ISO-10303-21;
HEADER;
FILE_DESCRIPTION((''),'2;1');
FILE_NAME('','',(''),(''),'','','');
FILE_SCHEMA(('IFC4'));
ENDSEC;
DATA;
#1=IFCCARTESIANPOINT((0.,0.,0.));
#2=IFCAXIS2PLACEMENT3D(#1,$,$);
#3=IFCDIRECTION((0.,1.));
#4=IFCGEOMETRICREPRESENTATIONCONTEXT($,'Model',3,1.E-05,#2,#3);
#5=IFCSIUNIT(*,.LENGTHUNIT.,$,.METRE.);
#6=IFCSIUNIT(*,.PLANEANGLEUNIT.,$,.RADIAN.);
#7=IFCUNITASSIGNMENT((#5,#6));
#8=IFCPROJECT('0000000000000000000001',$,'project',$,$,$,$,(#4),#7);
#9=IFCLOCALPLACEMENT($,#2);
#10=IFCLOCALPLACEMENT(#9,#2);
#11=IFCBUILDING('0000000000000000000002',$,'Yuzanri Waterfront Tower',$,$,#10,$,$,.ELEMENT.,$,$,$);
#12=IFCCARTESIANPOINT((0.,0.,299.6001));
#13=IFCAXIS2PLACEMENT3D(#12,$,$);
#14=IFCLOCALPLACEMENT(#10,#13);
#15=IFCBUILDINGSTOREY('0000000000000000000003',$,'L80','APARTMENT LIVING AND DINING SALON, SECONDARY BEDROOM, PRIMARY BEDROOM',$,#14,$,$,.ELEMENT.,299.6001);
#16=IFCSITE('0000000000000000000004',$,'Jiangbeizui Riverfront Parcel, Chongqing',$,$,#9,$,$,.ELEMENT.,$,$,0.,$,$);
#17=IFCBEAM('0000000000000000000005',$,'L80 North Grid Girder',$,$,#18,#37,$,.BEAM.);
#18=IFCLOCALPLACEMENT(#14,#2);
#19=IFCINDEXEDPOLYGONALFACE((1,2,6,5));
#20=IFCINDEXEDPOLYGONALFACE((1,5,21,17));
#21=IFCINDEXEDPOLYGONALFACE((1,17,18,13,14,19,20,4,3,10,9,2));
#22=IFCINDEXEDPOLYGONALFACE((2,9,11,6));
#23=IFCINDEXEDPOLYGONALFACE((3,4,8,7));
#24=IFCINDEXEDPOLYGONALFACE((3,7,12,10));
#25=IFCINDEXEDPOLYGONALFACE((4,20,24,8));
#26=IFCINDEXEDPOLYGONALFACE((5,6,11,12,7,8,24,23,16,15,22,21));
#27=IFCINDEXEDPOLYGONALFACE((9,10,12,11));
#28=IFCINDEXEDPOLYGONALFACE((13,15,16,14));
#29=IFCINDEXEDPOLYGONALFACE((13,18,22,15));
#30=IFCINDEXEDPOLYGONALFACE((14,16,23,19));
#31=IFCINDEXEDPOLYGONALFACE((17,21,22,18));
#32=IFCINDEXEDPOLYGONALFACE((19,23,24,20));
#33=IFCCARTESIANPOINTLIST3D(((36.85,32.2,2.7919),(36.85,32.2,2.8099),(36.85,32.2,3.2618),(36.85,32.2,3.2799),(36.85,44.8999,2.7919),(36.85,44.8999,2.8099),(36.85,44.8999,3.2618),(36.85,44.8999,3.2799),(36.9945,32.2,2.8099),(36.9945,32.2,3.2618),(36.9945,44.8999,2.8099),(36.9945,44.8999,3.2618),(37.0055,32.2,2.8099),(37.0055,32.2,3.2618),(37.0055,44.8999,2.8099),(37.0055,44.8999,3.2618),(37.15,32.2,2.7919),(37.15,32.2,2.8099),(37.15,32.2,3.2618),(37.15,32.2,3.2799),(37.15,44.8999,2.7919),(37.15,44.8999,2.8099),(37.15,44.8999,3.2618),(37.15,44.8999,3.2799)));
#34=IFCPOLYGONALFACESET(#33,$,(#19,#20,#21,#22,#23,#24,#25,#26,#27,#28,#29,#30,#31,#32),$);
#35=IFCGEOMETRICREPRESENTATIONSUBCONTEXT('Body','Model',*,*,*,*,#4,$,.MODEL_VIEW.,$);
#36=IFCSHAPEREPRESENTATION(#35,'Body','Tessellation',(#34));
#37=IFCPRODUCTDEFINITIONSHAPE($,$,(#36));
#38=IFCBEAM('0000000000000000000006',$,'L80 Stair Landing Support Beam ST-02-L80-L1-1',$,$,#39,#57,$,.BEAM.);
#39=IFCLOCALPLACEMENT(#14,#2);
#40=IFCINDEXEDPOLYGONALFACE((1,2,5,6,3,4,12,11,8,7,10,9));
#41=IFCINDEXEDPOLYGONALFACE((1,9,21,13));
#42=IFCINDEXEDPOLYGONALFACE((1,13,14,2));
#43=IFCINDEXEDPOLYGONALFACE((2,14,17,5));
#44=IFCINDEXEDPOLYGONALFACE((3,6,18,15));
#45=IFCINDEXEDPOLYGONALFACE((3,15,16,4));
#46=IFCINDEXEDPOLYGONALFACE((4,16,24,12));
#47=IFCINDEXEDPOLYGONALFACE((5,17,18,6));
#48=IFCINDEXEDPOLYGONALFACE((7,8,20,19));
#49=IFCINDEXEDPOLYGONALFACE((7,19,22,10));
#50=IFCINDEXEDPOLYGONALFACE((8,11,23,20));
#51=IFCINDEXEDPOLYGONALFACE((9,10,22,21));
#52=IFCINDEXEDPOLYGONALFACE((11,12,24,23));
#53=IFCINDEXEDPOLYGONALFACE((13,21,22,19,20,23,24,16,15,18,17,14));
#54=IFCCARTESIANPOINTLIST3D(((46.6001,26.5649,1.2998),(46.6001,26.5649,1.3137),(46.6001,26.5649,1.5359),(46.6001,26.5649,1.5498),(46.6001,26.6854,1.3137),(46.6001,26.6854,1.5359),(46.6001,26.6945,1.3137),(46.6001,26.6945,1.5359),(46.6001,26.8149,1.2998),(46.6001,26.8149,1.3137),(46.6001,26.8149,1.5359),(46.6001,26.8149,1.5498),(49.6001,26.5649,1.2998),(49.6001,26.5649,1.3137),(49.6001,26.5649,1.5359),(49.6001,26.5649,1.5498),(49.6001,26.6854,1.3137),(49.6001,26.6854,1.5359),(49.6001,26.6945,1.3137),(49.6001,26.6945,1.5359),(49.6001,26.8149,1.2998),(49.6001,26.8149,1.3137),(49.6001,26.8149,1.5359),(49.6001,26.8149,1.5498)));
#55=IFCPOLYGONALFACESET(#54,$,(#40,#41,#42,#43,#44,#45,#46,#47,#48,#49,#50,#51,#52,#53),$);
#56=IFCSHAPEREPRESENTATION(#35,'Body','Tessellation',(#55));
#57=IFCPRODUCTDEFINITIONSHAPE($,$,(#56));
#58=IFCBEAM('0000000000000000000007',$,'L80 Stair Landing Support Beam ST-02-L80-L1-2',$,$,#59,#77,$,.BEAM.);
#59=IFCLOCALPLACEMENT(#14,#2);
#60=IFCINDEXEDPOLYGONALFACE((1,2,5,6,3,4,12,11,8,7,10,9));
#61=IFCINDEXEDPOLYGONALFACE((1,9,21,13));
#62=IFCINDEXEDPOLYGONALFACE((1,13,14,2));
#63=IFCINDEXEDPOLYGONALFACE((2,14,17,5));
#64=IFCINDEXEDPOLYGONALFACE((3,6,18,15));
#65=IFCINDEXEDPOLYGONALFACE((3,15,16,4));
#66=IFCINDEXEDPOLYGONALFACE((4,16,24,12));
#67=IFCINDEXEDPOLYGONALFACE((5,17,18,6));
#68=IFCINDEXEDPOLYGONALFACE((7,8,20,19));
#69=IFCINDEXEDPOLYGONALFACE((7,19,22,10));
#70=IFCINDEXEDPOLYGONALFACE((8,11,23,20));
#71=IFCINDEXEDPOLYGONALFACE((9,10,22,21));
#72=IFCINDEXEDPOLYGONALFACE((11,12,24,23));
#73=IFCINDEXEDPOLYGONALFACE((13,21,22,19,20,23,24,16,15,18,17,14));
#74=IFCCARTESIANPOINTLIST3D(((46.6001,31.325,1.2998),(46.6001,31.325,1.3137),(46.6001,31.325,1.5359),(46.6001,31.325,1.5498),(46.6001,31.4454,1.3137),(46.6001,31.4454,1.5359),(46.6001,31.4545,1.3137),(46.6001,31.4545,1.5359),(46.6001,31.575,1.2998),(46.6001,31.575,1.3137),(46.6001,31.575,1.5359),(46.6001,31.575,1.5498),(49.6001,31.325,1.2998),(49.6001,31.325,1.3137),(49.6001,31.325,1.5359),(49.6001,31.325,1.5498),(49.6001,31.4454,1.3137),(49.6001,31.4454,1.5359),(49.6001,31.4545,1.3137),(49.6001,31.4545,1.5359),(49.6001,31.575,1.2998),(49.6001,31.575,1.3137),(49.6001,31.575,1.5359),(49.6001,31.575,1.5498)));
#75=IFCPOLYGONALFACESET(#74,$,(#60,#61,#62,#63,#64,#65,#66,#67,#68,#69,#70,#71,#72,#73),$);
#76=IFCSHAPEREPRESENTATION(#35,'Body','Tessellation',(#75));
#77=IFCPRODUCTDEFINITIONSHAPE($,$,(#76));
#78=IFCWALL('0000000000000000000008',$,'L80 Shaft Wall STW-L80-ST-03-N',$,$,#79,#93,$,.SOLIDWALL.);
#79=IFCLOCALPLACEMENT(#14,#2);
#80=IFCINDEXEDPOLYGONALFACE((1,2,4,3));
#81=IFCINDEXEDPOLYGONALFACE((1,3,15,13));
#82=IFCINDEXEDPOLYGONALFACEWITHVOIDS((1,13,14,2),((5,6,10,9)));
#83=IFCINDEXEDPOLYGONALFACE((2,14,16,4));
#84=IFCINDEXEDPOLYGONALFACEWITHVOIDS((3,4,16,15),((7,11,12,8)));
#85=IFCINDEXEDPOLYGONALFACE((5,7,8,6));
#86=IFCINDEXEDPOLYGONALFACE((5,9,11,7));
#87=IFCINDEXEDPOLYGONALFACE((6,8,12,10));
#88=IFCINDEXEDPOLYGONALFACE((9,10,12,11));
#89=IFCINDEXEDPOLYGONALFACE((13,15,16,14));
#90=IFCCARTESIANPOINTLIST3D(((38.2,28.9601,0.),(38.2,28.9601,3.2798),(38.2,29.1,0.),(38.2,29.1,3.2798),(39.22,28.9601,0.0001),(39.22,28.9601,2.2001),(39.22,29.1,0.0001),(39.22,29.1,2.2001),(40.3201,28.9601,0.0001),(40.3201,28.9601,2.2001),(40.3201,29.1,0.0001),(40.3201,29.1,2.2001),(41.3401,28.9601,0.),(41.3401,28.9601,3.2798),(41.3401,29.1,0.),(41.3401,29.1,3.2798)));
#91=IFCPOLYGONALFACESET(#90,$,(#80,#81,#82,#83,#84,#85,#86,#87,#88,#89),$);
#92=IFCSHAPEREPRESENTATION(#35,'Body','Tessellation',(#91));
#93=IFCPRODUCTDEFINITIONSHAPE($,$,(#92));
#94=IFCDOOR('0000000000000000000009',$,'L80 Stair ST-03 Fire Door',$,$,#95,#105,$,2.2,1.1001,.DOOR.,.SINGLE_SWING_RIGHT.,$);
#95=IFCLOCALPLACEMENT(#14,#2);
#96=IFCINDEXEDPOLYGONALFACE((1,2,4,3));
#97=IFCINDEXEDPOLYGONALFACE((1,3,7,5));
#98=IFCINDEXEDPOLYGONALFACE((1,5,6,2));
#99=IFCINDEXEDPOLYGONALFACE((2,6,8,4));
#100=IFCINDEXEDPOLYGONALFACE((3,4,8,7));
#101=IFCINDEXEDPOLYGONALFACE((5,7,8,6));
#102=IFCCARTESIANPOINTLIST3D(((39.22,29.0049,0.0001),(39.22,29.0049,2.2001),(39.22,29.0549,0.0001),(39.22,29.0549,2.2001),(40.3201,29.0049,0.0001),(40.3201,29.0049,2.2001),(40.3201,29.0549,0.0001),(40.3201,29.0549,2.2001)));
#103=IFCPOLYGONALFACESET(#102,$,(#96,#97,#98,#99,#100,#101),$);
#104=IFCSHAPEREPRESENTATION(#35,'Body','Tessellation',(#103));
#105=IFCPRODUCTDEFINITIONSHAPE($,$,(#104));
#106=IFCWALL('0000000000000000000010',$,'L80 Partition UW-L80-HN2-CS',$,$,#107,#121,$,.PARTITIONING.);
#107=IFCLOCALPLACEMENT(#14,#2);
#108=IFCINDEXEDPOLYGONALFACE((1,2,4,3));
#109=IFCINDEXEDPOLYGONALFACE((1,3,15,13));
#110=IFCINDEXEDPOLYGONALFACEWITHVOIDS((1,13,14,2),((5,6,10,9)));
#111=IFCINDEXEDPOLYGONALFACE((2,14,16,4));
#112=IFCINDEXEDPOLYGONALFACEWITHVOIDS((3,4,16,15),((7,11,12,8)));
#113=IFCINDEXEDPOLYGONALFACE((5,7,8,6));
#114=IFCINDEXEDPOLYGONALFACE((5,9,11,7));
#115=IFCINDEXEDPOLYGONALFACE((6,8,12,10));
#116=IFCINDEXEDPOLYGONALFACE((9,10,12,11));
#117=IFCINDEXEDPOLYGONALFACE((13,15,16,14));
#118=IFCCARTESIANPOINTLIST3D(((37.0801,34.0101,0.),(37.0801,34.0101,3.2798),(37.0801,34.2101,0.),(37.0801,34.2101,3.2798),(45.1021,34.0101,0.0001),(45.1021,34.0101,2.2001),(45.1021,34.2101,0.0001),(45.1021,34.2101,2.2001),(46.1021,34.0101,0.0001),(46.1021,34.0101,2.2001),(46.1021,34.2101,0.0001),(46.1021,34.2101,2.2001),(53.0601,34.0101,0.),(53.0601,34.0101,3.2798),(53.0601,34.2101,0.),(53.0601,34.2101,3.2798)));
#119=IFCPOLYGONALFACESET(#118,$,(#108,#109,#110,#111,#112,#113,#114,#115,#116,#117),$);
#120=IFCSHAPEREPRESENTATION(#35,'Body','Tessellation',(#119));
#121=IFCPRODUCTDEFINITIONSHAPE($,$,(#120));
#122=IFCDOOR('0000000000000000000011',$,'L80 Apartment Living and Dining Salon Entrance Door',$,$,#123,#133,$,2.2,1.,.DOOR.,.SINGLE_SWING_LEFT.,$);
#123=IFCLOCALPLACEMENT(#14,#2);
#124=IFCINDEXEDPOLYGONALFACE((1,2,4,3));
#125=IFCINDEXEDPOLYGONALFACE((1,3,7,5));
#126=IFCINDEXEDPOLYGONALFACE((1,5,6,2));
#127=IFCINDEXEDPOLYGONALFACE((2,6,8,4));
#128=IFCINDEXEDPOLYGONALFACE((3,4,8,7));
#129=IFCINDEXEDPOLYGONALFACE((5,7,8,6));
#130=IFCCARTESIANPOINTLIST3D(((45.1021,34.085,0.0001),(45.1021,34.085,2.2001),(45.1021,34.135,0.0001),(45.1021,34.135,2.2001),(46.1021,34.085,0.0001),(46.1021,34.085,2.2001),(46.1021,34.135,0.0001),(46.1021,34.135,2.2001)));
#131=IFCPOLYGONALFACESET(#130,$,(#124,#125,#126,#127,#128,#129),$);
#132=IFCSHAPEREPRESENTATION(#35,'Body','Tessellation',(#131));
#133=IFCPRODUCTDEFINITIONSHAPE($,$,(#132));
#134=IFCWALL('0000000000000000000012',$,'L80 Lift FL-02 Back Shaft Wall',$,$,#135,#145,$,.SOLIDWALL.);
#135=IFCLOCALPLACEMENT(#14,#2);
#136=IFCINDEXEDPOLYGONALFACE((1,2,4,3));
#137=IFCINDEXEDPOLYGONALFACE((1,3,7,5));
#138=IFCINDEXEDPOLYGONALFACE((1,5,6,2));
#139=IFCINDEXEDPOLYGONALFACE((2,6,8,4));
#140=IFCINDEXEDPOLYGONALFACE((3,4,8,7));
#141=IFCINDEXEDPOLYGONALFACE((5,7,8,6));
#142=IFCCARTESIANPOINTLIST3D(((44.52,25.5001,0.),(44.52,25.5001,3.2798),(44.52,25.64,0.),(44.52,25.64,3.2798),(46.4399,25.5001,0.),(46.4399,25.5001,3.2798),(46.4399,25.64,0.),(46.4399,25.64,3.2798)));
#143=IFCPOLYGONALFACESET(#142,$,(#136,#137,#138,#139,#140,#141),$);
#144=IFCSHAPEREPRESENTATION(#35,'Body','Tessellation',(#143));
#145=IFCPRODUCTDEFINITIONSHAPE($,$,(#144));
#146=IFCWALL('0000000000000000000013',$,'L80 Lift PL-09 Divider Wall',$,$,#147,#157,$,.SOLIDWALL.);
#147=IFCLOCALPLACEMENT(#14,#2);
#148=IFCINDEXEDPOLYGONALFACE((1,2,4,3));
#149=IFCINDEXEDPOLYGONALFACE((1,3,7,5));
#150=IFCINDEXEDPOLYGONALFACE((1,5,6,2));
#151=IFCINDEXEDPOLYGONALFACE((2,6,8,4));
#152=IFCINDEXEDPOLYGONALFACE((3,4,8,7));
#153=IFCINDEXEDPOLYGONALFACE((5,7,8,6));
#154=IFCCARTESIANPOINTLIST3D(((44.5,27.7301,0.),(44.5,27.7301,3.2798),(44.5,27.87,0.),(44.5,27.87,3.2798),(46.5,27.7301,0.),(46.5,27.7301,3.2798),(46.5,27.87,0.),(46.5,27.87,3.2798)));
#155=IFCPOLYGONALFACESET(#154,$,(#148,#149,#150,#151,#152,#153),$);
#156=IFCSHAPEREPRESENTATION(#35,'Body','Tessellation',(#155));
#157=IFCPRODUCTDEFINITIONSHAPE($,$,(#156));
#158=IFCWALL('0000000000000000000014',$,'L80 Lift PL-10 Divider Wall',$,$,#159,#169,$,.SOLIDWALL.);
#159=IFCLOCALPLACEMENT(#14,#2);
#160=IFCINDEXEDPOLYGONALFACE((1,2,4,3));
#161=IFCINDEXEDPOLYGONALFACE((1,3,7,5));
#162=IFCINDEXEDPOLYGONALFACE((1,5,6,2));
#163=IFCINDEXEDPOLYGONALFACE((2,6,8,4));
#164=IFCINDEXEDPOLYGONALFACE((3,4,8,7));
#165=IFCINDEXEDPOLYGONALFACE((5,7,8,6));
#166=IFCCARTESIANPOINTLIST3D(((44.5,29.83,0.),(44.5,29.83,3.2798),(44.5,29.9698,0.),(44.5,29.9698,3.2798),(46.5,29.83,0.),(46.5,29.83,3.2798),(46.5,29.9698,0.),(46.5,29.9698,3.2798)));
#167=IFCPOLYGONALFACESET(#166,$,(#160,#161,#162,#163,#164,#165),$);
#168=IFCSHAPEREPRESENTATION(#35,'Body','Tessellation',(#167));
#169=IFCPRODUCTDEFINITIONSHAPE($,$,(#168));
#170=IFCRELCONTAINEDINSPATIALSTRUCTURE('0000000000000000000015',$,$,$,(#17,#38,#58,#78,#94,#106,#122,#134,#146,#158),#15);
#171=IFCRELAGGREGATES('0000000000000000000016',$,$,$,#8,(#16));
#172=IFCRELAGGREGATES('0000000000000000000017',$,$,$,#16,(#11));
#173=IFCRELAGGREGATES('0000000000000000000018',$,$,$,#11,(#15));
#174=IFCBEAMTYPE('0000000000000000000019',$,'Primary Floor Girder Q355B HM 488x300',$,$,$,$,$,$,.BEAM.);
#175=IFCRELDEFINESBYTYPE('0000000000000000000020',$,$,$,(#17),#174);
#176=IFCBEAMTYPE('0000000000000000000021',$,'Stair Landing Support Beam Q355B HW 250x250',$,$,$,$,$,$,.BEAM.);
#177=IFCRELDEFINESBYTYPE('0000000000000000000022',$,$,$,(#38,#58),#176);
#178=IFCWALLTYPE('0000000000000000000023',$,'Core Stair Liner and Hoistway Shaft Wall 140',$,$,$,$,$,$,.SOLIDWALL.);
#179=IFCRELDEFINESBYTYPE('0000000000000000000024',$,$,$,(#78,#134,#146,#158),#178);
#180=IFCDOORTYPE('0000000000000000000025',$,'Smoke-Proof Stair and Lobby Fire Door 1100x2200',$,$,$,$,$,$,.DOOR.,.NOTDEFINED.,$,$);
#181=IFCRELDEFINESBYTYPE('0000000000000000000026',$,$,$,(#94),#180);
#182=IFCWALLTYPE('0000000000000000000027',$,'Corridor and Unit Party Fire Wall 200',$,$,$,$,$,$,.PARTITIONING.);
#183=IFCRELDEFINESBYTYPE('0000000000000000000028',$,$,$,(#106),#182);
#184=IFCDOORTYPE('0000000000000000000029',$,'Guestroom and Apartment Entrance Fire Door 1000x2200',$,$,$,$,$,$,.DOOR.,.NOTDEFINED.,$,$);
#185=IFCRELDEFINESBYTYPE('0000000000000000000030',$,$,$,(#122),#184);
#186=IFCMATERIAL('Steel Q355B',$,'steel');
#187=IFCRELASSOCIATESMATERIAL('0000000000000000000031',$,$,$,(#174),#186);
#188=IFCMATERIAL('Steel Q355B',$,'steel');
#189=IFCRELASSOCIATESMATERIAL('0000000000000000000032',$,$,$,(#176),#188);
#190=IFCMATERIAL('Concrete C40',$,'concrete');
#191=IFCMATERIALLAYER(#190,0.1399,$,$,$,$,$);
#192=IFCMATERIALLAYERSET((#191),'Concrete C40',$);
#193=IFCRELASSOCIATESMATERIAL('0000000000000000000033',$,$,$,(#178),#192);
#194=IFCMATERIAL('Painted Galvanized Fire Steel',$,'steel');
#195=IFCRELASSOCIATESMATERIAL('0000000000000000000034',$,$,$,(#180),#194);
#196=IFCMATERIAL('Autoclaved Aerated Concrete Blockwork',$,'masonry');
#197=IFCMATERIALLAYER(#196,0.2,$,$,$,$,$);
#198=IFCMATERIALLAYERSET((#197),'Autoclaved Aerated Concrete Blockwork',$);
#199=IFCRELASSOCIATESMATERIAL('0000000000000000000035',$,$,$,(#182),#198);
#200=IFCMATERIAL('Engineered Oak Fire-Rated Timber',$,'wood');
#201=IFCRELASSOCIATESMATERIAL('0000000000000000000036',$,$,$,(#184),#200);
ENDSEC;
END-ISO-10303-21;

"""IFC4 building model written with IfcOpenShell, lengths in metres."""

from ifc_helpers import new_model, si_unit, direction, frame, frame_2d, origin, origin_2d, place, context, subcontext, project, spatial, rectangle, i_section, extrude, source, transform, mapped, material, layer, layer_set, material_profile, profile_set, type_object, element, fill, save


model = new_model("IFC4")

# Units and contexts
model_context = context("Model", 3, precision=1e-05, world=origin(), true_north=direction((0.0, 1.0)))
body_context = subcontext(model_context, "Body", "Model", "MODEL_VIEW")
ifc_project = project(units=[si_unit("LENGTHUNIT", "METRE"), si_unit("PLANEANGLEUNIT", "RADIAN")], contexts=[model_context])

# Site, building, storey
site_placement = place(None, origin())
site = spatial("IfcSite", under=ifc_project, at=site_placement, Name="Jiangbeizui Riverfront Parcel, Chongqing", CompositionType="ELEMENT", RefElevation=0.0)
building_placement = place(site_placement, origin())
building = spatial("IfcBuilding", under=site, at=building_placement, Name="Yuzanri Waterfront Tower", CompositionType="ELEMENT")
storey_placement = place(building_placement, frame((0.0, 0.0, 299.6001)))
storey = spatial("IfcBuildingStorey", under=building, at=storey_placement, Name="L80", Description="APARTMENT LIVING AND DINING SALON, SECONDARY BEDROOM, PRIMARY BEDROOM", CompositionType="ELEMENT", Elevation=299.6001)

# Beams
ifc_material_1 = material(Name="Steel Q355B", Category="steel")
ifc_material_profile_1 = material_profile(ifc_material_1, i_section(OverallWidth=0.3, OverallDepth=0.488, WebThickness=0.011, FlangeThickness=0.0181, at=origin_2d()), Name="HM 488x300x11x18")
ifc_profile_set_1 = profile_set([ifc_material_profile_1], Name="Steel Q355B")
beam_type_1 = type_object("IfcBeamType", Name="Primary Floor Girder Q355B HM 488x300", PredefinedType="BEAM", material=ifc_profile_set_1)
shared_shape_1 = source(origin(), body_context, "Body", "SweptSolid", [
    extrude(i_section(OverallWidth=0.3, OverallDepth=0.488, WebThickness=0.011, FlangeThickness=0.0181, at=origin_2d()), origin(), (0.0, 0.0, 1.0), 12.7),
])
beam_placement = place(storey_placement, frame((37.0, 32.2, 3.0359), z_axis=(0.0, 1.0, 0.0), x_axis=(-1.0, 0.0, 0.0)))
element("IfcBeam", 1, at=beam_placement, inside=storey, type_object=beam_type_1, Name="L80 North Grid Girder", PredefinedType="BEAM", context=body_context, shape_type="MappedRepresentation", body=[
    mapped(shared_shape_1, transform((0.0, 0.0, 0.0), scale=1.0)),
])
ifc_material_2 = material(Name="Steel Q355B", Category="steel")
ifc_material_profile_2 = material_profile(ifc_material_2, i_section(OverallWidth=0.25, OverallDepth=0.25, WebThickness=0.009, FlangeThickness=0.0139, at=origin_2d()), Name="HW 250x250x9x14")
ifc_profile_set_2 = profile_set([ifc_material_profile_2], Name="Steel Q355B")
beam_type_2 = type_object("IfcBeamType", Name="Stair Landing Support Beam Q355B HW 250x250", PredefinedType="BEAM", material=ifc_profile_set_2)
shared_shape_2 = source(origin(), body_context, "Body", "SweptSolid", [
    extrude(i_section(OverallWidth=0.25, OverallDepth=0.25, WebThickness=0.009, FlangeThickness=0.0139, at=origin_2d()), origin(), (0.0, 0.0, 1.0), 3.0),
])
for number, where, z_axis, x_axis, name in (
    (2, (46.6001, 26.6899, 1.4248), (1.0, 0.0, 0.0), (0.0, 1.0, 0.0), "L80 Stair Landing Support Beam ST-02-L80-L1-1"),
    (3, (46.6001, 31.45, 1.4248), (1.0, 0.0, 0.0), (0.0, 1.0, 0.0), "L80 Stair Landing Support Beam ST-02-L80-L1-2"),
):
    element("IfcBeam", number, at=place(storey_placement, frame(where, z_axis=z_axis, x_axis=x_axis)), inside=storey, type_object=beam_type_2, Name=name, PredefinedType="BEAM", context=body_context, shape_type="MappedRepresentation", body=[
        mapped(shared_shape_2, transform((0.0, 0.0, 0.0), scale=1.0)),
    ])

# Walls, openings, doors
ifc_material_3 = material(Name="Concrete C40", Category="concrete")
ifc_layer_1 = layer(ifc_material_3, 0.1399)
ifc_layer_set_1 = layer_set([ifc_layer_1], Name="Concrete C40")
wall_type_1 = type_object("IfcWallType", Name="Core Stair Liner and Hoistway Shaft Wall 140", PredefinedType="SOLIDWALL", material=ifc_layer_set_1)
wall_1_placement = place(storey_placement, frame((38.2, 29.03, 0.0), z_axis=(0.0, 0.0, 1.0), x_axis=(1.0, 0.0, 0.0)))
wall_1 = element("IfcWall", 4, at=wall_1_placement, inside=storey, type_object=wall_type_1, Name="L80 Shaft Wall STW-L80-ST-03-N", PredefinedType="SOLIDWALL", context=body_context, shape_type="SweptSolid", body=[
    extrude(rectangle(XDim=3.1401, YDim=0.1399, at=frame_2d((1.5701, 0.0))), origin(), (0.0, 0.0, 1.0), 3.2798),
])
opening_1_placement = place(wall_1_placement, frame((1.02, 0.0, 0.0)))
opening_1 = element("IfcOpeningElement", 5, at=opening_1_placement, cuts=wall_1, PredefinedType="OPENING", context=body_context, shape_type="SweptSolid", body=[
    extrude(rectangle(XDim=1.1001, YDim=2.2, at=frame_2d((0.55, 1.1001))), frame((0.0, 0.085, 0.0), z_axis=(0.0, -1.0, 0.0), x_axis=(1.0, 0.0, 0.0)), (0.0, 0.0, 1.0), 0.1697),
])
ifc_material_4 = material(Name="Painted Galvanized Fire Steel", Category="steel")
door_type_1 = type_object("IfcDoorType", Name="Smoke-Proof Stair and Lobby Fire Door 1100x2200", OperationType="NOTDEFINED", PredefinedType="DOOR", material=ifc_material_4)
shared_shape_3 = source(origin(), body_context, "Body", "SweptSolid", [
    extrude(rectangle(XDim=1.1001, YDim=2.2, at=frame_2d((0.55, 1.1001))), frame((0.0, 0.0249, 0.0), z_axis=(0.0, -1.0, 0.0), x_axis=(1.0, 0.0, 0.0)), (0.0, 0.0, 1.0), 0.05),
])
door_1_placement = place(opening_1_placement, origin())
door_1 = element("IfcDoor", 6, at=door_1_placement, inside=storey, type_object=door_type_1, Name="L80 Stair ST-03 Fire Door", OperationType="SINGLE_SWING_RIGHT", OverallHeight=2.2, OverallWidth=1.1001, PredefinedType="DOOR", context=body_context, shape_type="MappedRepresentation", body=[
    mapped(shared_shape_3, transform((0.0, 0.0, 0.0), scale=1.0)),
])
fill(opening_1, door_1)
ifc_material_5 = material(Name="Autoclaved Aerated Concrete Blockwork", Category="masonry")
ifc_layer_2 = layer(ifc_material_5, 0.2)
ifc_layer_set_2 = layer_set([ifc_layer_2], Name="Autoclaved Aerated Concrete Blockwork")
wall_type_2 = type_object("IfcWallType", Name="Corridor and Unit Party Fire Wall 200", PredefinedType="PARTITIONING", material=ifc_layer_set_2)
wall_2_placement = place(storey_placement, frame((37.0801, 34.1101, 0.0), z_axis=(0.0, 0.0, 1.0), x_axis=(1.0, 0.0, 0.0)))
wall_2 = element("IfcWall", 7, at=wall_2_placement, inside=storey, type_object=wall_type_2, Name="L80 Partition UW-L80-HN2-CS", PredefinedType="PARTITIONING", context=body_context, shape_type="SweptSolid", body=[
    extrude(rectangle(XDim=15.98, YDim=0.2, at=frame_2d((7.99, 0.0))), origin(), (0.0, 0.0, 1.0), 3.2798),
])
opening_2_placement = place(wall_2_placement, frame((8.022, 0.0, 0.0)))
opening_2 = element("IfcOpeningElement", 8, at=opening_2_placement, cuts=wall_2, PredefinedType="OPENING", context=body_context, shape_type="SweptSolid", body=[
    extrude(rectangle(XDim=1.0, YDim=2.2, at=frame_2d((0.5, 1.1001))), frame((0.0, 0.1147, 0.0), z_axis=(0.0, -1.0, 0.0), x_axis=(1.0, 0.0, 0.0)), (0.0, 0.0, 1.0), 0.2297),
])
ifc_material_6 = material(Name="Engineered Oak Fire-Rated Timber", Category="wood")
door_type_2 = type_object("IfcDoorType", Name="Guestroom and Apartment Entrance Fire Door 1000x2200", OperationType="NOTDEFINED", PredefinedType="DOOR", material=ifc_material_6)
shared_shape_4 = source(origin(), body_context, "Body", "SweptSolid", [
    extrude(rectangle(XDim=1.0, YDim=2.2, at=frame_2d((0.5, 1.1001))), frame((0.0, 0.0249, 0.0), z_axis=(0.0, -1.0, 0.0), x_axis=(1.0, 0.0, 0.0)), (0.0, 0.0, 1.0), 0.05),
])
door_2_placement = place(opening_2_placement, origin())
door_2 = element("IfcDoor", 9, at=door_2_placement, inside=storey, type_object=door_type_2, Name="L80 Apartment Living and Dining Salon Entrance Door", OperationType="SINGLE_SWING_LEFT", OverallHeight=2.2, OverallWidth=1.0, PredefinedType="DOOR", context=body_context, shape_type="MappedRepresentation", body=[
    mapped(shared_shape_4, transform((0.0, 0.0, 0.0), scale=1.0)),
])
fill(opening_2, door_2)

# Walls
shared_shape_5 = source(origin(), body_context, "Body", "SweptSolid", [
    extrude(rectangle(XDim=1.9199, YDim=0.1399, at=frame_2d((0.96, 0.0))), origin(), (0.0, 0.0, 1.0), 3.2798),
])
wall_3_placement = place(storey_placement, frame((44.52, 25.5701, 0.0), z_axis=(0.0, 0.0, 1.0), x_axis=(1.0, 0.0, 0.0)))
element("IfcWall", 10, at=wall_3_placement, inside=storey, type_object=wall_type_1, Name="L80 Lift FL-02 Back Shaft Wall", PredefinedType="SOLIDWALL", context=body_context, shape_type="MappedRepresentation", body=[
    mapped(shared_shape_5, transform((0.0, 0.0, 0.0), scale=1.0)),
])
shared_shape_6 = source(origin(), body_context, "Body", "SweptSolid", [
    extrude(rectangle(XDim=2.0, YDim=0.1399, at=frame_2d((1.0, 0.0))), origin(), (0.0, 0.0, 1.0), 3.2798),
])
for number, where, z_axis, x_axis, name in (
    (11, (44.5, 27.8, 0.0), (0.0, 0.0, 1.0), (1.0, 0.0, 0.0), "L80 Lift PL-09 Divider Wall"),
    (12, (44.5, 29.8999, 0.0), (0.0, 0.0, 1.0), (1.0, 0.0, 0.0), "L80 Lift PL-10 Divider Wall"),
):
    element("IfcWall", number, at=place(storey_placement, frame(where, z_axis=z_axis, x_axis=x_axis)), inside=storey, type_object=wall_type_1, Name=name, PredefinedType="SOLIDWALL", context=body_context, shape_type="MappedRepresentation", body=[
        mapped(shared_shape_6, transform((0.0, 0.0, 0.0), scale=1.0)),
    ])

save(model, "model.ifc")
